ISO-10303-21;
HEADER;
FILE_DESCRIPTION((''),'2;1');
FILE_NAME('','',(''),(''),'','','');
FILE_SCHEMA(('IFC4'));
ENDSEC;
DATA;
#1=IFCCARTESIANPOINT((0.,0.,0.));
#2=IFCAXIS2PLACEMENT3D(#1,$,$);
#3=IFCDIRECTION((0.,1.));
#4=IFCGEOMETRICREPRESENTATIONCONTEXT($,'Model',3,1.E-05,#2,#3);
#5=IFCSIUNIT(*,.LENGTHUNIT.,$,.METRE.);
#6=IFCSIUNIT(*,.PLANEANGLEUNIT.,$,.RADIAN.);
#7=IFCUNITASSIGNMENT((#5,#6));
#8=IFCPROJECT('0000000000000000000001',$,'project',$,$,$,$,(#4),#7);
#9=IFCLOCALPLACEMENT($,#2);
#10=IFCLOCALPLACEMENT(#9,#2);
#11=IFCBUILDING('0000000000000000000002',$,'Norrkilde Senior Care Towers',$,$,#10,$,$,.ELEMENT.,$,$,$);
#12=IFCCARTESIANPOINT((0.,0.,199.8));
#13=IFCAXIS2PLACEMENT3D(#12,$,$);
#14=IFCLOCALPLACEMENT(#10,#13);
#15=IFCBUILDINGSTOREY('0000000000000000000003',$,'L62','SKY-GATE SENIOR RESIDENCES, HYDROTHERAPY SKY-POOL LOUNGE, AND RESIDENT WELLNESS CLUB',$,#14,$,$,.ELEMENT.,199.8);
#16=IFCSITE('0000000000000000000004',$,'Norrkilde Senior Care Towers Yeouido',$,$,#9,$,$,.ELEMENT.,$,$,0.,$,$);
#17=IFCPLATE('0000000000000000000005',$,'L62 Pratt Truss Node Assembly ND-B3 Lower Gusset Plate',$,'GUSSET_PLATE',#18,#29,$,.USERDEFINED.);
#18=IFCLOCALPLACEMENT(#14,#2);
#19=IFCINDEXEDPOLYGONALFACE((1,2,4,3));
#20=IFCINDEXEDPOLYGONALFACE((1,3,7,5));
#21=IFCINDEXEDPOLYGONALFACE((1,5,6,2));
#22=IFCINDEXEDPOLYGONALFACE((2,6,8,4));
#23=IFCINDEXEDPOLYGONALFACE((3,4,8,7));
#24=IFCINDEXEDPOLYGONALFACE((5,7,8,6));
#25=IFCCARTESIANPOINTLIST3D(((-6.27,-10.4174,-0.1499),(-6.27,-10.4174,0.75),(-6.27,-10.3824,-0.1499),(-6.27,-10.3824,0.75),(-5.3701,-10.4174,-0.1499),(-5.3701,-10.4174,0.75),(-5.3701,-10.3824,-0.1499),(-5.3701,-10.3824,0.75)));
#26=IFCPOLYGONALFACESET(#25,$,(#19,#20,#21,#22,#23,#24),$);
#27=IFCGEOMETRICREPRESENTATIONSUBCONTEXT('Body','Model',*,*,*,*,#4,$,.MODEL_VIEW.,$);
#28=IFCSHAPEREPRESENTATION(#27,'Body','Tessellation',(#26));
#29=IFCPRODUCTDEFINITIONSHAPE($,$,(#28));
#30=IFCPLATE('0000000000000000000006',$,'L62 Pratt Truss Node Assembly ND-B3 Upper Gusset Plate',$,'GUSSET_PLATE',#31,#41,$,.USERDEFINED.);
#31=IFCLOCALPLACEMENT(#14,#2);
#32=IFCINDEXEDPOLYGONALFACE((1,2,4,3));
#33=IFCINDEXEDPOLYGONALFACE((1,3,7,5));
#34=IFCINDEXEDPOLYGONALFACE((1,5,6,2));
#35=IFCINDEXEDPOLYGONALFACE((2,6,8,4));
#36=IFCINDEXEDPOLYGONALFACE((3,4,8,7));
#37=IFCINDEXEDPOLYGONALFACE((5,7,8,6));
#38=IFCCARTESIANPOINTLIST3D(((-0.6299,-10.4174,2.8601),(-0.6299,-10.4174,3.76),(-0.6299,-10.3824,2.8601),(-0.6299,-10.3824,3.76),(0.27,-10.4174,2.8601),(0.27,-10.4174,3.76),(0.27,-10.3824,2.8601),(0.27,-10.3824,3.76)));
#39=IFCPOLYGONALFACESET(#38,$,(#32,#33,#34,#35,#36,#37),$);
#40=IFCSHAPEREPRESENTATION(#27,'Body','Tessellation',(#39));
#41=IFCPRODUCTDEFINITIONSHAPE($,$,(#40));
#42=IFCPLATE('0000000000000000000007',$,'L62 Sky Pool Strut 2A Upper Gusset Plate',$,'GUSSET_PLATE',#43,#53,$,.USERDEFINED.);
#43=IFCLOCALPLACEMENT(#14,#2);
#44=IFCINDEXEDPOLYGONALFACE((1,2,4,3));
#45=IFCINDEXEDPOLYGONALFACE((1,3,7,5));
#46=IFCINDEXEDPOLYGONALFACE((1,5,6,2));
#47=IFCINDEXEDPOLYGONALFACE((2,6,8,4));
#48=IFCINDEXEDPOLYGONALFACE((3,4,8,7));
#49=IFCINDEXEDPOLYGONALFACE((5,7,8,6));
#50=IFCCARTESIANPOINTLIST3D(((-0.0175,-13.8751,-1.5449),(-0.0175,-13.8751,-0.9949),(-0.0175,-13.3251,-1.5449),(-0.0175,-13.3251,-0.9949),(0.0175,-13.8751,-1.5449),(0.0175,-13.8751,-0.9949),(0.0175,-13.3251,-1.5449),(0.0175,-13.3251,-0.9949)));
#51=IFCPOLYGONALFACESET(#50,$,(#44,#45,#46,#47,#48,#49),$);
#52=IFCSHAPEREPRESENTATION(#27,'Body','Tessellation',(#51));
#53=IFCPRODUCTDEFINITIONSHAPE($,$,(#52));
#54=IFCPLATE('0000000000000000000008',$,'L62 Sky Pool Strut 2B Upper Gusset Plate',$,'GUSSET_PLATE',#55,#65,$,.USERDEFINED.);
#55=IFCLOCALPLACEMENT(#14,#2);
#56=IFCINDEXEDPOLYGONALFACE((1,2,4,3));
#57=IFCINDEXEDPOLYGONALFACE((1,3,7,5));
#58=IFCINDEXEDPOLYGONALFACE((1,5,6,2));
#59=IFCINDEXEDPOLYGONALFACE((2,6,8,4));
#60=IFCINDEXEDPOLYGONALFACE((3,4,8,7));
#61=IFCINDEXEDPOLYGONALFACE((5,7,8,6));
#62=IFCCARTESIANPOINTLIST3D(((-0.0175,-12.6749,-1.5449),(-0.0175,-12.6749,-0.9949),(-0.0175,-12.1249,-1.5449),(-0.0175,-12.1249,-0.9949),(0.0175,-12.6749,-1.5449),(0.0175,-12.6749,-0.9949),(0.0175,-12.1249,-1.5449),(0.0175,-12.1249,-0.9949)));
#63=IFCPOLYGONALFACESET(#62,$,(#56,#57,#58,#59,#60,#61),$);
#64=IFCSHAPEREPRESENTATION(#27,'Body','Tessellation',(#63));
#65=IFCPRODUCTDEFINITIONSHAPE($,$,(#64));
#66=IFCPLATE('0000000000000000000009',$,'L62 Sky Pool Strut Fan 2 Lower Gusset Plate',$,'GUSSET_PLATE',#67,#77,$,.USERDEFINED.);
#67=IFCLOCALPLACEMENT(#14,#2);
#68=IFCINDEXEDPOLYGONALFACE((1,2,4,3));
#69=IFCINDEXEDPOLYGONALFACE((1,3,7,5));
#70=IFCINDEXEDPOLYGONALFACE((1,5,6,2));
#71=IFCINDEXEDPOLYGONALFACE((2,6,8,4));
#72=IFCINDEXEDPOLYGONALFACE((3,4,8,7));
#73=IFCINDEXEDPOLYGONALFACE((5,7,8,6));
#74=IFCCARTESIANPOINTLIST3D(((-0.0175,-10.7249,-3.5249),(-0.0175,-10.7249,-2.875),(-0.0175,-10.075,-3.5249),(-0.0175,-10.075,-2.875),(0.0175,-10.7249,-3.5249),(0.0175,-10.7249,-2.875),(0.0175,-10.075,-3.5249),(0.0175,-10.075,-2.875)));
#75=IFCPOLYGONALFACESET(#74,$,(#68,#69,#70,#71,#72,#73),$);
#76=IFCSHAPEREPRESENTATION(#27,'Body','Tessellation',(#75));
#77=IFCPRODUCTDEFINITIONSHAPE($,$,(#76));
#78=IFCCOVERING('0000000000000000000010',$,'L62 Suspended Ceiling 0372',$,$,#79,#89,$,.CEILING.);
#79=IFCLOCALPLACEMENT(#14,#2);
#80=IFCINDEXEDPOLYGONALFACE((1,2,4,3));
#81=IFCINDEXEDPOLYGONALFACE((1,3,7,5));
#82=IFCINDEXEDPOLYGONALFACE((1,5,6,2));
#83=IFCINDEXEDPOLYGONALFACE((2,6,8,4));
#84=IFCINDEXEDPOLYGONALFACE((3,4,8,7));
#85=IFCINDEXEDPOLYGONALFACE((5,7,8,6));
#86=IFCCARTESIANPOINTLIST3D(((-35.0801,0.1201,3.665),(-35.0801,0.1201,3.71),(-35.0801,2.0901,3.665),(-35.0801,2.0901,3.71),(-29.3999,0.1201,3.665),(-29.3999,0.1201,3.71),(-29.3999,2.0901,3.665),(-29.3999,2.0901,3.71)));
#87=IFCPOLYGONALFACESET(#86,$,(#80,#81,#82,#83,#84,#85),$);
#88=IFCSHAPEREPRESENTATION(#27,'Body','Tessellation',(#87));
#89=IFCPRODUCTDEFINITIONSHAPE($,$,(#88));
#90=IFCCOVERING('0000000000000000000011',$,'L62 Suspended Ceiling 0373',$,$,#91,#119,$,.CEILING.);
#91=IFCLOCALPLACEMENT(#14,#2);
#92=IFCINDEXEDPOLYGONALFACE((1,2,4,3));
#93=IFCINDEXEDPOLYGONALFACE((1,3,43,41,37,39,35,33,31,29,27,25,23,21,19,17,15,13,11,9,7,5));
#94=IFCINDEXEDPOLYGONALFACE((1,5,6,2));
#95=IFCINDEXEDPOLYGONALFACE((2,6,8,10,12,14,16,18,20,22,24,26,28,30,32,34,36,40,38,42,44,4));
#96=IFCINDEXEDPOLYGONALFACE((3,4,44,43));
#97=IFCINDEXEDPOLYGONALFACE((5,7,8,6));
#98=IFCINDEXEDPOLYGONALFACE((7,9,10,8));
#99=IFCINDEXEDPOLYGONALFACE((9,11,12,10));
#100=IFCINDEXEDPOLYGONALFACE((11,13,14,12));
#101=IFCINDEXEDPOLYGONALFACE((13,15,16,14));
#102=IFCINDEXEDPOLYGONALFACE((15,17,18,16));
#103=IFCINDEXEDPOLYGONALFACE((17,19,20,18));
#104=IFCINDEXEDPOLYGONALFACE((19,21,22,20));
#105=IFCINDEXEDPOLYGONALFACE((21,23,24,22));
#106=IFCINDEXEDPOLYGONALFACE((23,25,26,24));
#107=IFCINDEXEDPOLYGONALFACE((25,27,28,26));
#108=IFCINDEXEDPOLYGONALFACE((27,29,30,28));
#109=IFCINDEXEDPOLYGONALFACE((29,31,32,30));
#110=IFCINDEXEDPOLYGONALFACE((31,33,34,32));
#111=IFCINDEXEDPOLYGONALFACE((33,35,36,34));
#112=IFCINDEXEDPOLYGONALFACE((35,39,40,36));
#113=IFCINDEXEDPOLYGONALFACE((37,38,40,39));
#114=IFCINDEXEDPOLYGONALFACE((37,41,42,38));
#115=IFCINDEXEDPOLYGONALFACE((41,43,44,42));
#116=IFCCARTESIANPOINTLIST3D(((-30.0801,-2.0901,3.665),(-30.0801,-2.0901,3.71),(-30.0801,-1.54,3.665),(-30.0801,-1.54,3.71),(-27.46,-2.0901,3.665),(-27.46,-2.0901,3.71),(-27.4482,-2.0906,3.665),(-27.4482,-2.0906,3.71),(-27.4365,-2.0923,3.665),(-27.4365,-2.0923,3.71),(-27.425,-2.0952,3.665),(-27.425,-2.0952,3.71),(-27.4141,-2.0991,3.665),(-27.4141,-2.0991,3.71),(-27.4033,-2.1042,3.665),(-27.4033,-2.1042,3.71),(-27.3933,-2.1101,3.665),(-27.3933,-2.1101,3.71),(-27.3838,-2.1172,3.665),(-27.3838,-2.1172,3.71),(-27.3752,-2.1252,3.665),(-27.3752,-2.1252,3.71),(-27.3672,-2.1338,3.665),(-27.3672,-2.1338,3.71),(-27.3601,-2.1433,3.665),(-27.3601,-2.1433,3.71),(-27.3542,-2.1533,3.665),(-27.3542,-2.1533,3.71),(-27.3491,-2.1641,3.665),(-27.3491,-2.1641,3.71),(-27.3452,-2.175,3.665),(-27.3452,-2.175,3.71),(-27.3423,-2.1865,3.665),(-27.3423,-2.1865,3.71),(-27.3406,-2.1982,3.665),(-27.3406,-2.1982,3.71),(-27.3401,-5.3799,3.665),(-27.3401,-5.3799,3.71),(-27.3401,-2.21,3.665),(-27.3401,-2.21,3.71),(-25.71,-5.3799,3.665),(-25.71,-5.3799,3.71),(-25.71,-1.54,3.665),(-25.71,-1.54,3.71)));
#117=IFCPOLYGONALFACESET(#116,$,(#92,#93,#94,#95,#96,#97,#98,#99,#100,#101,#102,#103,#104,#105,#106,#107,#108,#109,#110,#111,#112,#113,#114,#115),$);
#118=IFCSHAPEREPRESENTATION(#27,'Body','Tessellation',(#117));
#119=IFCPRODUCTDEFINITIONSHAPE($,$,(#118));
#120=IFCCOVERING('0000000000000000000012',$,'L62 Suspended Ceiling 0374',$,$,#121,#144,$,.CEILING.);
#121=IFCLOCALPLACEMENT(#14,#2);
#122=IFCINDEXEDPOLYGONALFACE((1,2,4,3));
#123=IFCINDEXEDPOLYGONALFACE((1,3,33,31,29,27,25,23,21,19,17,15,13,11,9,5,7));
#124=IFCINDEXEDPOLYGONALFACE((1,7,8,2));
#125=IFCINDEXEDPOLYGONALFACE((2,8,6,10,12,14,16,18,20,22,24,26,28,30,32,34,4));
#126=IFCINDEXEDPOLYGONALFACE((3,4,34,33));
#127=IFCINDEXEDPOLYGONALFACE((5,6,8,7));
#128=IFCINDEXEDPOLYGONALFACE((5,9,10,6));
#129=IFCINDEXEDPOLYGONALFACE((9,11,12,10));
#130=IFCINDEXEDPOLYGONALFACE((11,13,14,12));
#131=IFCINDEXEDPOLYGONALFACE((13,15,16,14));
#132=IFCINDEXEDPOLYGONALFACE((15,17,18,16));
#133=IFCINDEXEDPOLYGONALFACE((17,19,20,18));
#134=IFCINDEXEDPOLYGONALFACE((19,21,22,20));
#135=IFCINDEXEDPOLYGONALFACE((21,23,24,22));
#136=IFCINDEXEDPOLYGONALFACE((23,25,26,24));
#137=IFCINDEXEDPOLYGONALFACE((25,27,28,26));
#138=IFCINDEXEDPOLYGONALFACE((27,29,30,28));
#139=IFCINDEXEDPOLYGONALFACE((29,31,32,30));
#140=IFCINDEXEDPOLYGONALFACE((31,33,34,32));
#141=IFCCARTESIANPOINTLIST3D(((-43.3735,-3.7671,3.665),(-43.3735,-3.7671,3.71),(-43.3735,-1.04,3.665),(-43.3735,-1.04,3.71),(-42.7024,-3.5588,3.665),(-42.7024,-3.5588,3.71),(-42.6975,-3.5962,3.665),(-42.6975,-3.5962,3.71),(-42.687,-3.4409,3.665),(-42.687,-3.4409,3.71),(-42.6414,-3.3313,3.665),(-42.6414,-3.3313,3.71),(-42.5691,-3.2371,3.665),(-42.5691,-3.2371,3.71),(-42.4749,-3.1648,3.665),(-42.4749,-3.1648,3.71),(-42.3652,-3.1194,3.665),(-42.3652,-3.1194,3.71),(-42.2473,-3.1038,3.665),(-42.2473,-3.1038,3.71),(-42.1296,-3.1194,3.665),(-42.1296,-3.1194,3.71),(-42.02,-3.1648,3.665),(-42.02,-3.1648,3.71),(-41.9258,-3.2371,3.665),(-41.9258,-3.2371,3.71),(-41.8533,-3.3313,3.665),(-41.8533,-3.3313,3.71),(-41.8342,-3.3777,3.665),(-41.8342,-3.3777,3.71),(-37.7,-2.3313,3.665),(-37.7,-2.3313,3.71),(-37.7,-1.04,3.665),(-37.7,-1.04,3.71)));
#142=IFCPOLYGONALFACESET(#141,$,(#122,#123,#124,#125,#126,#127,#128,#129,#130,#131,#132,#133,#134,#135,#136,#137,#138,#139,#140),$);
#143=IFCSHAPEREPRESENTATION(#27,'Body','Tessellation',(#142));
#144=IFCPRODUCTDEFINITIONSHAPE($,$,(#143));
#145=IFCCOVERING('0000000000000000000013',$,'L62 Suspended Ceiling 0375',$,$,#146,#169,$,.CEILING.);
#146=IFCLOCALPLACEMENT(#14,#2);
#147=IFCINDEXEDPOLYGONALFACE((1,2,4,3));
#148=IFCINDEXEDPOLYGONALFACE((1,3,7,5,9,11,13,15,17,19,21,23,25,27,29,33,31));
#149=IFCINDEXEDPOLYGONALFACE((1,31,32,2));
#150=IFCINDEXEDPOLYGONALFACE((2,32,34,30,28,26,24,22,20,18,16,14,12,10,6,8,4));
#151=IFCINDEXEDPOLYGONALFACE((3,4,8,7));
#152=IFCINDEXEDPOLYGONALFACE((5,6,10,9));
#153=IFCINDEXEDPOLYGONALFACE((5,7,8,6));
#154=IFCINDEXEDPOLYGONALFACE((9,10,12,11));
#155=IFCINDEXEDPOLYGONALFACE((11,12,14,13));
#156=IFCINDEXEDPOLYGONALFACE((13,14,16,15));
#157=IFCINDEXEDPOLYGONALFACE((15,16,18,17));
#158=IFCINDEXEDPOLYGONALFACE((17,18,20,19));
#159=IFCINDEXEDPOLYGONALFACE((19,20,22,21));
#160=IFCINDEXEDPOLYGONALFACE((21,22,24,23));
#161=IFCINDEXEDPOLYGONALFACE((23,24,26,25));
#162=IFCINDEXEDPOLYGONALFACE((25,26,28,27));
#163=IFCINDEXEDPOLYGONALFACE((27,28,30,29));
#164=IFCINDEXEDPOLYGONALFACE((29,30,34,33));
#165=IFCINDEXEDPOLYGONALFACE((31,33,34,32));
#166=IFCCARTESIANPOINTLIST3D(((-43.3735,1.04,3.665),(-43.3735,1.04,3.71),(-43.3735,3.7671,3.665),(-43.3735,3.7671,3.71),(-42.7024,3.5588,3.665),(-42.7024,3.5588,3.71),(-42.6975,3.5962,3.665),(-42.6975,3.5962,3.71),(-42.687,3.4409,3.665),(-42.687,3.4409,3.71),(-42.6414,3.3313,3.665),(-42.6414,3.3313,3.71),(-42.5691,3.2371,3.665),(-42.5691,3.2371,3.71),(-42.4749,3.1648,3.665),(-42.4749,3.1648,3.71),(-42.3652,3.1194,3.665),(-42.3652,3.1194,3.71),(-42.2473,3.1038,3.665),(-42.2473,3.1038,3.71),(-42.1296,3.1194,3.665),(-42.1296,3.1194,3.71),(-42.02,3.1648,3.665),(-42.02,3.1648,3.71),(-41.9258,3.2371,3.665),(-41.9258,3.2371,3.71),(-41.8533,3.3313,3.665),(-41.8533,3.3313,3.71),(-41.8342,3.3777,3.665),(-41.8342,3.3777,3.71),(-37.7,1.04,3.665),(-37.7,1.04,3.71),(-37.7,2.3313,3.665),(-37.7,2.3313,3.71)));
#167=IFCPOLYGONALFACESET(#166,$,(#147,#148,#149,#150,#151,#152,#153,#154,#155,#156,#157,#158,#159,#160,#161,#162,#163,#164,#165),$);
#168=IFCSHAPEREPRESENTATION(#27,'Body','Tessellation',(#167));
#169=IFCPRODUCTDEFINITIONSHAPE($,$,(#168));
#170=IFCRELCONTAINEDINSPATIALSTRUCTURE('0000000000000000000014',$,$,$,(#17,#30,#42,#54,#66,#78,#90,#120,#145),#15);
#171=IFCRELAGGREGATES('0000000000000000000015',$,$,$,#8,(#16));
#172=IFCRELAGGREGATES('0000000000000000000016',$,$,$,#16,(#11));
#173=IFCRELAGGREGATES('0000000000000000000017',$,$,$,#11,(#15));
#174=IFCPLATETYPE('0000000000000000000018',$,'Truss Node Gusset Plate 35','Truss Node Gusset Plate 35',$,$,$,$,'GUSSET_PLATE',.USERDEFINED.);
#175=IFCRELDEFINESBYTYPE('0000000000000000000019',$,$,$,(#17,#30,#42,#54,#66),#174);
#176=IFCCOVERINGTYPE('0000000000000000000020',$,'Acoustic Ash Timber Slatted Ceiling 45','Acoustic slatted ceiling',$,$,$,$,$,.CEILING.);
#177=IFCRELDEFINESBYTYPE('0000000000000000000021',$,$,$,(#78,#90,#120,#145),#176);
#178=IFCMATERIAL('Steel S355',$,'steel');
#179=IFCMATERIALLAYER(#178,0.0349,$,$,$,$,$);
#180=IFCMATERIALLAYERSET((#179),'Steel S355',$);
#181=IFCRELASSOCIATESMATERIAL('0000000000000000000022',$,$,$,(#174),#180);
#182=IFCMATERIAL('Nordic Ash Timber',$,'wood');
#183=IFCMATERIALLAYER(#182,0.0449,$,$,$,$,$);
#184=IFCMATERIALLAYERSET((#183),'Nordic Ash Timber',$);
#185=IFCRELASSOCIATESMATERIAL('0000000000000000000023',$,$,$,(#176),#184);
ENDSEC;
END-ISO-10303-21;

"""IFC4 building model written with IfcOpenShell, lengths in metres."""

from ifc_helpers import new_model, si_unit, direction, frame, origin, origin_2d, place, context, subcontext, project, spatial, polyline, rectangle, outline, extrude, source, transform, mapped, material, layer, layer_set, type_object, type_shapes, element, save


model = new_model("IFC4")

# Units and contexts
model_context = context("Model", 3, precision=1e-05, world=origin(), true_north=direction((0.0, 1.0)))
body_context = subcontext(model_context, "Body", "Model", "MODEL_VIEW")
ifc_project = project(units=[si_unit("LENGTHUNIT", "METRE"), si_unit("PLANEANGLEUNIT", "RADIAN")], contexts=[model_context])

# Site, building, storey
site_placement = place(None, origin())
site = spatial("IfcSite", under=ifc_project, at=site_placement, Name="Norrkilde Senior Care Towers Yeouido", CompositionType="ELEMENT", RefElevation=0.0)
building_placement = place(site_placement, origin())
building = spatial("IfcBuilding", under=site, at=building_placement, Name="Norrkilde Senior Care Towers", CompositionType="ELEMENT")
storey_placement = place(building_placement, frame((0.0, 0.0, 199.8)))
storey = spatial("IfcBuildingStorey", under=building, at=storey_placement, Name="L62", Description="SKY-GATE SENIOR RESIDENCES, HYDROTHERAPY SKY-POOL LOUNGE, AND RESIDENT WELLNESS CLUB", CompositionType="ELEMENT", Elevation=199.8)

# Shared definitions
ifc_material_1 = material(Name="Steel S355", Category="steel")

# Plates
ifc_layer_1 = layer(ifc_material_1, 0.0349)
ifc_layer_set_1 = layer_set([ifc_layer_1], Name="Steel S355")
plate_type = type_object("IfcPlateType", Name="Truss Node Gusset Plate 35", Description="Truss Node Gusset Plate 35", ElementType="GUSSET_PLATE", PredefinedType="USERDEFINED", material=ifc_layer_set_1)
shared_shape_1 = source(origin(), body_context, "Body", "SweptSolid", [
    extrude(rectangle(XDim=0.8999, YDim=0.0349, at=origin_2d()), origin(), (0.0, 0.0, 1.0), 0.8999),
])
for number, where, z_axis, x_axis, name in (
    (1, (-5.8201, -10.3999, -0.1499), (0.0, 0.0, 1.0), (1.0, 0.0, 0.0), "L62 Pratt Truss Node Assembly ND-B3 Lower Gusset Plate"),
    (2, (-0.1799, -10.3999, 2.8601), (0.0, 0.0, 1.0), (1.0, 0.0, 0.0), "L62 Pratt Truss Node Assembly ND-B3 Upper Gusset Plate"),
):
    element("IfcPlate", number, at=place(storey_placement, frame(where, z_axis=z_axis, x_axis=x_axis)), inside=storey, type_object=plate_type, Name=name, ObjectType="GUSSET_PLATE", PredefinedType="USERDEFINED", context=body_context, shape_type="MappedRepresentation", body=[
        mapped(shared_shape_1, transform((0.0, 0.0, 0.0), x_axis=(1.0, 0.0, 0.0), y_axis=(0.0, 1.0, 0.0), z_axis=(0.0, 0.0, 1.0), scale=1.0)),
    ])
shared_shape_2 = source(origin(), body_context, "Body", "SweptSolid", [
    extrude(rectangle(XDim=0.0349, YDim=0.55, at=origin_2d()), origin(), (0.0, 0.0, 1.0), 0.55),
])
for number, where, z_axis, x_axis, name in (
    (3, (0.0, -13.6001, -1.5449), (0.0, 0.0, 1.0), (1.0, 0.0, 0.0), "L62 Sky Pool Strut 2A Upper Gusset Plate"),
    (4, (0.0, -12.3999, -1.5449), (0.0, 0.0, 1.0), (1.0, 0.0, 0.0), "L62 Sky Pool Strut 2B Upper Gusset Plate"),
):
    element("IfcPlate", number, at=place(storey_placement, frame(where, z_axis=z_axis, x_axis=x_axis)), inside=storey, type_object=plate_type, Name=name, ObjectType="GUSSET_PLATE", PredefinedType="USERDEFINED", context=body_context, shape_type="MappedRepresentation", body=[
        mapped(shared_shape_2, transform((0.0, 0.0, 0.0), x_axis=(1.0, 0.0, 0.0), y_axis=(0.0, 1.0, 0.0), z_axis=(0.0, 0.0, 1.0), scale=1.0)),
    ])
shared_shape_3 = source(origin(), body_context, "Body", "SweptSolid", [
    extrude(rectangle(XDim=0.0349, YDim=0.6499, at=origin_2d()), origin(), (0.0, 0.0, 1.0), 0.6499),
])
type_shapes(plate_type, [shared_shape_1, shared_shape_2, shared_shape_3])
plate_placement = place(storey_placement, frame((0.0, -10.3999, -3.5249), z_axis=(0.0, 0.0, 1.0), x_axis=(1.0, 0.0, 0.0)))
element("IfcPlate", 5, at=plate_placement, inside=storey, type_object=plate_type, Name="L62 Sky Pool Strut Fan 2 Lower Gusset Plate", ObjectType="GUSSET_PLATE", PredefinedType="USERDEFINED", context=body_context, shape_type="MappedRepresentation", body=[
    mapped(shared_shape_3, transform((0.0, 0.0, 0.0), x_axis=(1.0, 0.0, 0.0), y_axis=(0.0, 1.0, 0.0), z_axis=(0.0, 0.0, 1.0), scale=1.0)),
])

# Coverings
ifc_material_2 = material(Name="Nordic Ash Timber", Category="wood")
ifc_layer_2 = layer(ifc_material_2, 0.0449)
ifc_layer_set_2 = layer_set([ifc_layer_2], Name="Nordic Ash Timber")
covering_type_1 = type_object("IfcCoveringType", Name="Acoustic Ash Timber Slatted Ceiling 45", Description="Acoustic slatted ceiling", PredefinedType="CEILING", material=ifc_layer_set_2)
covering_1_placement = place(storey_placement, frame((0.0, 0.0, 3.665)))
element("IfcCovering", 6, at=covering_1_placement, inside=storey, type_object=covering_type_1, Name="L62 Suspended Ceiling 0372", PredefinedType="CEILING", context=body_context, shape_type="SweptSolid", body=[
    extrude(outline(polyline([(-29.3999, 0.1201), (-35.0801, 0.1201), (-35.0801, 2.0901), (-29.3999, 2.0901), (-29.3999, 0.1201)])), origin(), (0.0, 0.0, 1.0), 0.0449),
])
covering_2_placement = place(storey_placement, frame((0.0, 0.0, 3.665)))
element("IfcCovering", 7, at=covering_2_placement, inside=storey, type_object=covering_type_1, Name="L62 Suspended Ceiling 0373", PredefinedType="CEILING", context=body_context, shape_type="SweptSolid", body=[
    extrude(outline(polyline([(-27.3452, -2.175), (-27.3491, -2.1641), (-27.3542, -2.1533), (-27.3601, -2.1433), (-27.3672, -2.1338), (-27.3752, -2.1252), (-27.3838, -2.1172), (-27.3933, -2.1101), (-27.4033, -2.1042), (-27.4141, -2.0991), (-27.425, -2.0952), (-27.4365, -2.0923), (-27.4482, -2.0906), (-27.46, -2.0901), (-30.0801, -2.0901), (-30.0801, -1.54), (-25.71, -1.54), (-25.71, -5.3799), (-27.3401, -5.3799), (-27.3401, -2.21), (-27.3406, -2.1982), (-27.3423, -2.1865), (-27.3452, -2.175)])), origin(), (0.0, 0.0, 1.0), 0.0449),
])
covering_3_placement = place(storey_placement, frame((0.0, 0.0, 3.665)))
element("IfcCovering", 8, at=covering_3_placement, inside=storey, type_object=covering_type_1, Name="L62 Suspended Ceiling 0374", PredefinedType="CEILING", context=body_context, shape_type="SweptSolid", body=[
    extrude(outline(polyline([(-37.7, -1.04), (-37.7, -2.3313), (-41.8342, -3.3777), (-41.8533, -3.3313), (-41.9258, -3.2371), (-42.02, -3.1648), (-42.1296, -3.1194), (-42.2473, -3.1038), (-42.3652, -3.1194), (-42.4749, -3.1648), (-42.5691, -3.2371), (-42.6414, -3.3313), (-42.687, -3.4409), (-42.7024, -3.5588), (-42.6975, -3.5962), (-43.3735, -3.7671), (-43.3735, -1.04), (-37.7, -1.04)])), origin(), (0.0, 0.0, 1.0), 0.0449),
])
covering_4_placement = place(storey_placement, frame((0.0, 0.0, 3.665)))
element("IfcCovering", 9, at=covering_4_placement, inside=storey, type_object=covering_type_1, Name="L62 Suspended Ceiling 0375", PredefinedType="CEILING", context=body_context, shape_type="SweptSolid", body=[
    extrude(outline(polyline([(-37.7, 1.04), (-43.3735, 1.04), (-43.3735, 3.7671), (-42.6975, 3.5962), (-42.7024, 3.5588), (-42.687, 3.4409), (-42.6414, 3.3313), (-42.5691, 3.2371), (-42.4749, 3.1648), (-42.3652, 3.1194), (-42.2473, 3.1038), (-42.1296, 3.1194), (-42.02, 3.1648), (-41.9258, 3.2371), (-41.8533, 3.3313), (-41.8342, 3.3777), (-37.7, 2.3313), (-37.7, 1.04)])), origin(), (0.0, 0.0, 1.0), 0.0449),
])

save(model, "model.ifc")
